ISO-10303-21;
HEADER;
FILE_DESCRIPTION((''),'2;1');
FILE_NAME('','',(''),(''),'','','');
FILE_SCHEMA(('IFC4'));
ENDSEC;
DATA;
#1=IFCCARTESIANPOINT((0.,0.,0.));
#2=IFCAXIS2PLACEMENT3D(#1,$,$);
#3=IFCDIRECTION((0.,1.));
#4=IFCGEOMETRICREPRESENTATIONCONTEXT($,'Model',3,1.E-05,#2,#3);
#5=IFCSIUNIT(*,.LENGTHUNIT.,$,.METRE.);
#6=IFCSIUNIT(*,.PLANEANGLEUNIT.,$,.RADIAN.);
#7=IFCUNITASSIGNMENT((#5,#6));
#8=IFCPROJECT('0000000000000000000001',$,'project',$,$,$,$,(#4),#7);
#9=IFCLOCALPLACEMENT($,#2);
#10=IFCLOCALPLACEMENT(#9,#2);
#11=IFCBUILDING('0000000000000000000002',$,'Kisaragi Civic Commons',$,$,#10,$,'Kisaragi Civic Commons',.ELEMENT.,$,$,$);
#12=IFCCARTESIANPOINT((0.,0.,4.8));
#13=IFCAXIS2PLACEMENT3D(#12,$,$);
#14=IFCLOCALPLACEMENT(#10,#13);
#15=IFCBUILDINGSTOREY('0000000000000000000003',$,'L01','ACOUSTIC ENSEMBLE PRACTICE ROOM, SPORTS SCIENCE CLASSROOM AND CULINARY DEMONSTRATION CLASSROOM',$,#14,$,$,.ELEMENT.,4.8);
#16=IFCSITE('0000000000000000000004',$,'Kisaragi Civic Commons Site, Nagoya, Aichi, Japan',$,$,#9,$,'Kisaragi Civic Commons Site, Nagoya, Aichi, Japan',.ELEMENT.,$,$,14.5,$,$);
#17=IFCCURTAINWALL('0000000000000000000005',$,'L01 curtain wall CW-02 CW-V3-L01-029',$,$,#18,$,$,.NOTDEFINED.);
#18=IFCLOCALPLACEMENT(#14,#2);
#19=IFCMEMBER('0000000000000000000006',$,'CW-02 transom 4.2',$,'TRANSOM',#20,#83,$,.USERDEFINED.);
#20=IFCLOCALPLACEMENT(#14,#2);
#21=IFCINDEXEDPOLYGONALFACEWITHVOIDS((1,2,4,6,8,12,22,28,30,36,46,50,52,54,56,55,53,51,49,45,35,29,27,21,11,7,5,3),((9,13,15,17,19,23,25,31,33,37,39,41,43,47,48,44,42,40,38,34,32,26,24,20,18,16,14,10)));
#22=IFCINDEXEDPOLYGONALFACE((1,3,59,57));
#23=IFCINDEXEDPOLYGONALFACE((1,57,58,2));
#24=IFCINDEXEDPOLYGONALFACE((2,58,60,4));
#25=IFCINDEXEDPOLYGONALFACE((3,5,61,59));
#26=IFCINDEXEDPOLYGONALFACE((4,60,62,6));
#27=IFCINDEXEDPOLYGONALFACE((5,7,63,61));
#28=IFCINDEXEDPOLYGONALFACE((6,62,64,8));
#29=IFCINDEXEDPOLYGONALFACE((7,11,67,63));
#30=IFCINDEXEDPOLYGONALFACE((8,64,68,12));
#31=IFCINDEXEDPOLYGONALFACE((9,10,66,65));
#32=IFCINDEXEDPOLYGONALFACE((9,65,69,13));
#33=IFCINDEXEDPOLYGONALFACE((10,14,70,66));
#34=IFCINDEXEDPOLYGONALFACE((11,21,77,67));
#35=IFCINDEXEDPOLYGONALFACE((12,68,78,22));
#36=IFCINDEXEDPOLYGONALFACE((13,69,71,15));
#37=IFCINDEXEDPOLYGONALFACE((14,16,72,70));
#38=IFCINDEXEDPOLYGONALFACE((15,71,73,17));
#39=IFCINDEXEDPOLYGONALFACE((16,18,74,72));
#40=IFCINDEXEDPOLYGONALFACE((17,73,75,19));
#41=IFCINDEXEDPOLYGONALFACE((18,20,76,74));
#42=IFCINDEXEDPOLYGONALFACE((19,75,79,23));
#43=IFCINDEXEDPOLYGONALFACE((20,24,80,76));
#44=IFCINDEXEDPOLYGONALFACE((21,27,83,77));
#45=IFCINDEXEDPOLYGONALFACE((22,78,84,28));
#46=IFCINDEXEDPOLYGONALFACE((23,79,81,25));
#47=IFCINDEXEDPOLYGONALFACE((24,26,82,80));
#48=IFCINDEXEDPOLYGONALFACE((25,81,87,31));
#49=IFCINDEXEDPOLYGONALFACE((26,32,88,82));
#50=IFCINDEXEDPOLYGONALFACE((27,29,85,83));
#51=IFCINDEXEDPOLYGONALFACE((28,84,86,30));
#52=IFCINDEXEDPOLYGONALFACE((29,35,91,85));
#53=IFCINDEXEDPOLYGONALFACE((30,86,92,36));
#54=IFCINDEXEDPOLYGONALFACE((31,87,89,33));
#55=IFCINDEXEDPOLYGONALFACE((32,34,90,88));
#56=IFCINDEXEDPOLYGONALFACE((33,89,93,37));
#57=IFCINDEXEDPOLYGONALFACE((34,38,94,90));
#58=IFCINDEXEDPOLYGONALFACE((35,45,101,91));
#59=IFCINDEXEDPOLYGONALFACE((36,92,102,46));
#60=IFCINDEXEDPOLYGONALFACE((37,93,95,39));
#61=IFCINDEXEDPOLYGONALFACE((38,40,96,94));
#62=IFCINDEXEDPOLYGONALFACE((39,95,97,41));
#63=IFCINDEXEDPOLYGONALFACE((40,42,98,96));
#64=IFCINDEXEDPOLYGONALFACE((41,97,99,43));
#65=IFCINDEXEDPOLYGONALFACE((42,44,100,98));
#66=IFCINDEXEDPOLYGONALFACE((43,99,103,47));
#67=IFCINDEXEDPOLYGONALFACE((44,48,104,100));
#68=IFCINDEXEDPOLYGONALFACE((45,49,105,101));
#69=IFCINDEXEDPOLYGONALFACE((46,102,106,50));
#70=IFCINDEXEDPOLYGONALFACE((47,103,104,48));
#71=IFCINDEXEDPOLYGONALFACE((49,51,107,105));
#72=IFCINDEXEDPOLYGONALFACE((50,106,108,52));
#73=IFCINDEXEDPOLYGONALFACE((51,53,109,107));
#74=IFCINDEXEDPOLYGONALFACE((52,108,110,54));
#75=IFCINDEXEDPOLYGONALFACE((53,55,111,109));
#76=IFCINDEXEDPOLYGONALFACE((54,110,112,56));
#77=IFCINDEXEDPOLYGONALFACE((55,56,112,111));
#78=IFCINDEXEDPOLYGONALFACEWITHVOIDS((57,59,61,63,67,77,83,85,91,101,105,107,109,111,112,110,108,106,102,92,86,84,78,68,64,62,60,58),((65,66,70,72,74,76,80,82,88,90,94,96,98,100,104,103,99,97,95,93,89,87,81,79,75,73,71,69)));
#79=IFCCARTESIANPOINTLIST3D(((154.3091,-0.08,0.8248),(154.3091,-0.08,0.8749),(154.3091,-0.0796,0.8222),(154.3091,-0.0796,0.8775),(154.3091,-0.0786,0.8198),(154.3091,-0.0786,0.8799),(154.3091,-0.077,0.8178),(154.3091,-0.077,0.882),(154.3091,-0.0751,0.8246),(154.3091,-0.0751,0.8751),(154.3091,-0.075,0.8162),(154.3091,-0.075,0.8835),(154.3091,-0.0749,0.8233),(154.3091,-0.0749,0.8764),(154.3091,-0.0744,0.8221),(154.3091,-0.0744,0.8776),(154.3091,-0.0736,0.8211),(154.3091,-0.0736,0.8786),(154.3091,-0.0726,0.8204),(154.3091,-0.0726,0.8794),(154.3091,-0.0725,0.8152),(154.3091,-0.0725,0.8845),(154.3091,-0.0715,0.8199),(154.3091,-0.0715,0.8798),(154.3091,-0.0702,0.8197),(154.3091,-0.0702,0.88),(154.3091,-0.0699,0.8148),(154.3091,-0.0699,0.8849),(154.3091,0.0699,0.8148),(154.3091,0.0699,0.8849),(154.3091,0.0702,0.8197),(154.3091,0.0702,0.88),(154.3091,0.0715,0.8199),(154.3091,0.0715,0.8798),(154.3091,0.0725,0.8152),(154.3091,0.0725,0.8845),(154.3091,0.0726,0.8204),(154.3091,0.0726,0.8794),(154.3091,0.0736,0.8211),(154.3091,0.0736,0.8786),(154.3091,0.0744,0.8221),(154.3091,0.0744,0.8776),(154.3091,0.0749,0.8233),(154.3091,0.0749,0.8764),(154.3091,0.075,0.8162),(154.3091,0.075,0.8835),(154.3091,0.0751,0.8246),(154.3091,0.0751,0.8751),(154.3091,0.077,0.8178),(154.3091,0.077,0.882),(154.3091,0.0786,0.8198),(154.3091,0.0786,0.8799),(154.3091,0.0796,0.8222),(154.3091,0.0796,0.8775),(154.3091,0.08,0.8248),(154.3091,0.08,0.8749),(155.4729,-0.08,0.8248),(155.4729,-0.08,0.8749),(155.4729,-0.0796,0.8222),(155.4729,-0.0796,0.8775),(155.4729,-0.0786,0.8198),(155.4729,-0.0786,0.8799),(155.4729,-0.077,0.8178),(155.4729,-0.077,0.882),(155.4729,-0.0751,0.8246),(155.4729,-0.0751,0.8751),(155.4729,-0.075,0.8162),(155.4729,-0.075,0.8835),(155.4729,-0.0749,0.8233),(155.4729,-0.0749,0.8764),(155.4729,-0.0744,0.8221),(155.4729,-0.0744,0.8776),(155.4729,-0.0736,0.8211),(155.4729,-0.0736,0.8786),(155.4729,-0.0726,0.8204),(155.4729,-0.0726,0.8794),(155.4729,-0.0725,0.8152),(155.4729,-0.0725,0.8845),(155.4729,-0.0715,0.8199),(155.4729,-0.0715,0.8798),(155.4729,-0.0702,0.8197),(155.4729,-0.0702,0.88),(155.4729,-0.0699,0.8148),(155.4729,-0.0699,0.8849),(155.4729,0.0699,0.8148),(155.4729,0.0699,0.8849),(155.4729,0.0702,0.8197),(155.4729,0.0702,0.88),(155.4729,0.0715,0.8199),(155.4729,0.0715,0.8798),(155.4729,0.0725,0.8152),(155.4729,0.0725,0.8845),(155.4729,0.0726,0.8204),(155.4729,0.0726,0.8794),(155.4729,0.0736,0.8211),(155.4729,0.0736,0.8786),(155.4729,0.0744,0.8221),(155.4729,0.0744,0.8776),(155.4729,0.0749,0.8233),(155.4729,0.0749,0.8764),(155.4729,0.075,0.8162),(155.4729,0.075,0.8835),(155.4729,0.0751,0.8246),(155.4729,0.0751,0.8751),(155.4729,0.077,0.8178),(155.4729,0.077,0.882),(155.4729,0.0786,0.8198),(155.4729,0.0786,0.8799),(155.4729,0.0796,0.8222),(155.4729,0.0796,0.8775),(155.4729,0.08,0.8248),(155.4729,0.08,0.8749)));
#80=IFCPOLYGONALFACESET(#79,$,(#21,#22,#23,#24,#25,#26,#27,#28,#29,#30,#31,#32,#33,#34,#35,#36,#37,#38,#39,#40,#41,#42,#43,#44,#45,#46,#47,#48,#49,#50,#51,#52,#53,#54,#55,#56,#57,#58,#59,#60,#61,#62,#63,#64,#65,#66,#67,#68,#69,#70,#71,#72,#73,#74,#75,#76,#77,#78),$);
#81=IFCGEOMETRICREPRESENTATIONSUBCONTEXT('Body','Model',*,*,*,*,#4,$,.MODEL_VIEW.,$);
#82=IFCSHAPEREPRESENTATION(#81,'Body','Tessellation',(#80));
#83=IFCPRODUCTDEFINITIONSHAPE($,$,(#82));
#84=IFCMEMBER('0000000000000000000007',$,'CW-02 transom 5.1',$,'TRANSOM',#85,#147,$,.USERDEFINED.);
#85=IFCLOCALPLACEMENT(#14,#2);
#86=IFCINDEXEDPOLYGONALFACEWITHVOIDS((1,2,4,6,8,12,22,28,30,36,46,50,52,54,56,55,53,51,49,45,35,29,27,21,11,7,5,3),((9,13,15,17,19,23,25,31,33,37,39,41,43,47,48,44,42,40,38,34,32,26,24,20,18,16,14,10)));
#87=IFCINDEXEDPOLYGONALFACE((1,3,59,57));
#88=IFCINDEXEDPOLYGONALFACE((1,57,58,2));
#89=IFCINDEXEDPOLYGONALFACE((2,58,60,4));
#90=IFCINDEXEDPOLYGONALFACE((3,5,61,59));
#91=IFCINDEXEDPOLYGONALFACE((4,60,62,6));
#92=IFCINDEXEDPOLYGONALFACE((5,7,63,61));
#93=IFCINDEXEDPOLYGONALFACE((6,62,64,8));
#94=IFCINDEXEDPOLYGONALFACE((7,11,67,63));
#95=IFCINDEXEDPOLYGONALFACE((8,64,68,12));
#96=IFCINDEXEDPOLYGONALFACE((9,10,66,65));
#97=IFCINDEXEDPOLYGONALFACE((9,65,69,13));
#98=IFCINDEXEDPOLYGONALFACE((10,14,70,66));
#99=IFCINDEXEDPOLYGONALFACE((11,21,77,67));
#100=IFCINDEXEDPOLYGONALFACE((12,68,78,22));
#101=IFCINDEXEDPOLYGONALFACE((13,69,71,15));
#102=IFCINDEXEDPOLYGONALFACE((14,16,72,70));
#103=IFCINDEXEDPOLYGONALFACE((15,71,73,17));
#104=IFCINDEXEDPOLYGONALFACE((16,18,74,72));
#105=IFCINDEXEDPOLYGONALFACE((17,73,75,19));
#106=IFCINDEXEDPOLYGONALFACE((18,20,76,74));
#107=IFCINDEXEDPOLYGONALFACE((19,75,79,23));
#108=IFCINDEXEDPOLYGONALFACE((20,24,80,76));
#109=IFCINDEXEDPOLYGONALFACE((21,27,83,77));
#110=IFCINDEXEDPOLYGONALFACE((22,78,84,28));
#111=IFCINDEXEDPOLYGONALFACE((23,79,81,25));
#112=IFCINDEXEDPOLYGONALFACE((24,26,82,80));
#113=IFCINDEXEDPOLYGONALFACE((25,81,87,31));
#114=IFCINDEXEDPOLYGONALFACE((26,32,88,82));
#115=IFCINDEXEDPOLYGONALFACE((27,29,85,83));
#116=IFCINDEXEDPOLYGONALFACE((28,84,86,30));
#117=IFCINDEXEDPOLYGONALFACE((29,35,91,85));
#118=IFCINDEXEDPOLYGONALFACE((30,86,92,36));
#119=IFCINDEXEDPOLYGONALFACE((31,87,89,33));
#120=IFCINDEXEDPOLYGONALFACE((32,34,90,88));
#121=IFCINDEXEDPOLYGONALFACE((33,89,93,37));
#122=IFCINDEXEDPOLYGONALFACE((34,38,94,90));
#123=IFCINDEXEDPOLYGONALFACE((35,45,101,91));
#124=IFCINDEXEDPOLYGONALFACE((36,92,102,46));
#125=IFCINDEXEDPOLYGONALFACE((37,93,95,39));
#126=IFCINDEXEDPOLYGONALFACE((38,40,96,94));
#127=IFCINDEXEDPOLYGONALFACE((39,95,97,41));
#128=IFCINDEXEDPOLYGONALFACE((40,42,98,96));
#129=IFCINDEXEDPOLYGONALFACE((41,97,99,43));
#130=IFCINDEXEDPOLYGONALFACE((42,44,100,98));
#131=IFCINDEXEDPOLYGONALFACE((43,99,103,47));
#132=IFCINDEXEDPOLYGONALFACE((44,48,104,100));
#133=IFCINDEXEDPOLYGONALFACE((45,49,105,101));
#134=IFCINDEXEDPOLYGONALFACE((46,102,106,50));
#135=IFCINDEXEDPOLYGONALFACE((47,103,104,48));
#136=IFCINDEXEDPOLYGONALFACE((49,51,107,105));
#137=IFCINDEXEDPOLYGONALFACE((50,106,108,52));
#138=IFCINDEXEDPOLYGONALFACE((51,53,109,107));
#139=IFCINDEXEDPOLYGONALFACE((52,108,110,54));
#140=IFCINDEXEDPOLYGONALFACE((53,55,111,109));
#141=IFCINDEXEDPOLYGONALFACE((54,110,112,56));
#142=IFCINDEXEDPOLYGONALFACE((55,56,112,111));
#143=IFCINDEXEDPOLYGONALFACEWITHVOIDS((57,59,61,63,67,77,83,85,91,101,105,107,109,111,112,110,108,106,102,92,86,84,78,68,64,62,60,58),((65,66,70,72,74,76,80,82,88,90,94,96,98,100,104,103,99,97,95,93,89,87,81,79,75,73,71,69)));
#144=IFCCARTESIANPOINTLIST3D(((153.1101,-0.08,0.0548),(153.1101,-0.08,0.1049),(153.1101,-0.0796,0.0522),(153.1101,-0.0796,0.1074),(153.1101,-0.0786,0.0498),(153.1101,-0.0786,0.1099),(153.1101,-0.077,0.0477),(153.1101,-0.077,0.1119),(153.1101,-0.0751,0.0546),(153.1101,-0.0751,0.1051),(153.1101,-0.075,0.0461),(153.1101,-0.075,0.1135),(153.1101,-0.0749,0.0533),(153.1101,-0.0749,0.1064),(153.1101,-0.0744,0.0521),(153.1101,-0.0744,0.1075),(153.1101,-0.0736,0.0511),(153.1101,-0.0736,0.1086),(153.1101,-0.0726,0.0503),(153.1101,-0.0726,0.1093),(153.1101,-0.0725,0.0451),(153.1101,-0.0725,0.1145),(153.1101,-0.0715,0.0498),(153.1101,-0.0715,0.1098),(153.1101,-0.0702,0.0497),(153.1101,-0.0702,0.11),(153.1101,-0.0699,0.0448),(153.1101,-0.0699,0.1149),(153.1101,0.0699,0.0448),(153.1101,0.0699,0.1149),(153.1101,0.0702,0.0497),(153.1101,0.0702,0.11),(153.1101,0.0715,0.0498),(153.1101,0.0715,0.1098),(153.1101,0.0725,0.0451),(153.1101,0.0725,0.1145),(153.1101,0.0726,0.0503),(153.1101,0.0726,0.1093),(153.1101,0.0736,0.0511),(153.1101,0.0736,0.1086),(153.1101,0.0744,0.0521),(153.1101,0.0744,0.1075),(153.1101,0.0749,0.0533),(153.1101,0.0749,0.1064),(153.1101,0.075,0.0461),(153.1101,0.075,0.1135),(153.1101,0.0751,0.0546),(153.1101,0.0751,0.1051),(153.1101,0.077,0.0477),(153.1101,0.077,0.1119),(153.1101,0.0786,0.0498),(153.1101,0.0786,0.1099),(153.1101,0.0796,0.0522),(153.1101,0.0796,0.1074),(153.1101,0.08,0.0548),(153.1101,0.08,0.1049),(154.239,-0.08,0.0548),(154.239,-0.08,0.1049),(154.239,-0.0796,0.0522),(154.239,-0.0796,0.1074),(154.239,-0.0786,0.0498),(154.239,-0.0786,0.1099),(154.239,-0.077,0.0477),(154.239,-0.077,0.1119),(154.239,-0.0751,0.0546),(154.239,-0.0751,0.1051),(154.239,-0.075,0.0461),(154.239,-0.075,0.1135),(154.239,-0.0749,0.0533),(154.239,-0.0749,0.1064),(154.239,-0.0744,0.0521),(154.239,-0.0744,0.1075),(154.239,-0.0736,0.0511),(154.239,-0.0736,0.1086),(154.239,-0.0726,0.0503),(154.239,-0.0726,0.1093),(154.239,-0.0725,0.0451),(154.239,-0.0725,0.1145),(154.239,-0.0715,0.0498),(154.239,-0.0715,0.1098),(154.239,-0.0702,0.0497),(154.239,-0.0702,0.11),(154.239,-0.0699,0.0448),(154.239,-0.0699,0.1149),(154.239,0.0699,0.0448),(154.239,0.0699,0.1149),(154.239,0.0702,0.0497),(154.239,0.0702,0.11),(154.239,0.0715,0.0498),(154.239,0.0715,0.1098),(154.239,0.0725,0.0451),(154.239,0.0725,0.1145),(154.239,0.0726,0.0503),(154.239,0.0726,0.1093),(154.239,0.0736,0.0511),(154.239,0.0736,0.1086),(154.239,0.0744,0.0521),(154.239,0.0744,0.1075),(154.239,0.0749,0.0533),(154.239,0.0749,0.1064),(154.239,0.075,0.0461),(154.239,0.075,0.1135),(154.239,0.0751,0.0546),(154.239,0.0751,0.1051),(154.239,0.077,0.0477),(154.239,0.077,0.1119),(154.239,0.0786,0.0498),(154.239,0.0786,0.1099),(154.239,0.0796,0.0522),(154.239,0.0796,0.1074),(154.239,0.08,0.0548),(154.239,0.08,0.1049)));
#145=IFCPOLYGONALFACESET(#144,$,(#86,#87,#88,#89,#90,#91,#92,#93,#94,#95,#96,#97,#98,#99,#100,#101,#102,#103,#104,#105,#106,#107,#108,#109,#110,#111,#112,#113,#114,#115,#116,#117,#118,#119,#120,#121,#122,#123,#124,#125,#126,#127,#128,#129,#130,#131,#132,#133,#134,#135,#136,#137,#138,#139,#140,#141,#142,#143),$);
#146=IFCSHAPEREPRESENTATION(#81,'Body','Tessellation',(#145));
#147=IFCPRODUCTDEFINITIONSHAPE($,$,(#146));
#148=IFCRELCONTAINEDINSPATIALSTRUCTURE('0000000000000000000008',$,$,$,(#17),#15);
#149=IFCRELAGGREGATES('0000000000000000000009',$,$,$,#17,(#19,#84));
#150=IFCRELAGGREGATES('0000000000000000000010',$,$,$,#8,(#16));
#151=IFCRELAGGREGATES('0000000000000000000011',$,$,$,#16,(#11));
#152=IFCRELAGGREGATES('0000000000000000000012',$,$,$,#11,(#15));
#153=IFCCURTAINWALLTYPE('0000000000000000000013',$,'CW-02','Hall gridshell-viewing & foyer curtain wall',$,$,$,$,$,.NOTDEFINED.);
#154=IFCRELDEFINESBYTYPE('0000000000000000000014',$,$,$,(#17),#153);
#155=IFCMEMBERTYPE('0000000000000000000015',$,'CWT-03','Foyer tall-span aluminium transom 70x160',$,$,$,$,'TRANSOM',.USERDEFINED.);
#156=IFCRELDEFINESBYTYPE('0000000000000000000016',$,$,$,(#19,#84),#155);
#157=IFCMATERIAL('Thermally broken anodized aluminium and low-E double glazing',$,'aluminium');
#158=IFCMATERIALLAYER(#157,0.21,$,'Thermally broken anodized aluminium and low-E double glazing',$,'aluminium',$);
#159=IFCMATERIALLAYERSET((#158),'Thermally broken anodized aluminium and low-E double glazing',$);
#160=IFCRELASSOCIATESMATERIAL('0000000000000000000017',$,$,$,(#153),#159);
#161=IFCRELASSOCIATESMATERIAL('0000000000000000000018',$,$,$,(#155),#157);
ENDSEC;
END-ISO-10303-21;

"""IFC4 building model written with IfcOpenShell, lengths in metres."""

from ifc_helpers import new_model, si_unit, direction, frame, origin, origin_2d, place, context, subcontext, project, spatial, hollow_rectangle, extrude, material, layer, layer_set, material_profile, profile_set, type_object, element, aggregate, save


model = new_model("IFC4")

# Units and contexts
model_context = context("Model", 3, precision=1e-05, world=origin(), true_north=direction((0.0, 1.0)))
body_context = subcontext(model_context, "Body", "Model", "MODEL_VIEW")
ifc_project = project(units=[si_unit("LENGTHUNIT", "METRE"), si_unit("PLANEANGLEUNIT", "RADIAN")], contexts=[model_context])

# Site, building, storey
site_placement = place(None, origin())
site = spatial("IfcSite", under=ifc_project, at=site_placement, Name="Kisaragi Civic Commons Site, Nagoya, Aichi, Japan", LongName="Kisaragi Civic Commons Site, Nagoya, Aichi, Japan", CompositionType="ELEMENT", RefElevation=14.5)
building_placement = place(site_placement, origin())
building = spatial("IfcBuilding", under=site, at=building_placement, Name="Kisaragi Civic Commons", LongName="Kisaragi Civic Commons", CompositionType="ELEMENT")
storey_placement = place(building_placement, frame((0.0, 0.0, 4.8)))
storey = spatial("IfcBuildingStorey", under=building, at=storey_placement, Name="L01", Description="ACOUSTIC ENSEMBLE PRACTICE ROOM, SPORTS SCIENCE CLASSROOM AND CULINARY DEMONSTRATION CLASSROOM", CompositionType="ELEMENT", Elevation=4.8)

# Curtain wall
ifc_material_1 = material(Name="Thermally broken anodized aluminium and low-E double glazing", Category="aluminium")
ifc_layer_1 = layer(ifc_material_1, 0.21, Name="Thermally broken anodized aluminium and low-E double glazing", Category="aluminium")
ifc_layer_set_1 = layer_set([ifc_layer_1], Name="Thermally broken anodized aluminium and low-E double glazing")
curtain_wall_type = type_object("IfcCurtainWallType", Name="CW-02", Description="Hall gridshell-viewing & foyer curtain wall", PredefinedType="NOTDEFINED", material=ifc_layer_set_1)
curtain_wall_1_placement = place(storey_placement, origin())
curtain_wall_1 = element("IfcCurtainWall", 1, at=curtain_wall_1_placement, inside=storey, type_object=curtain_wall_type, Name="L01 curtain wall CW-02 CW-V3-L01-029", PredefinedType="NOTDEFINED")

# Members
ifc_material_profile_1 = material_profile(ifc_material_1, hollow_rectangle(XDim=0.1599, YDim=0.0701, WallThickness=0.0049, InnerFilletRadius=0.0049, OuterFilletRadius=0.01, at=origin_2d()), Name="CWT-70x160x5", Category="aluminium")
ifc_profile_set_1 = profile_set([ifc_material_profile_1], Name="Thermally broken anodized aluminium and low-E double glazing")
member_type_1 = type_object("IfcMemberType", Name="CWT-03", Description="Foyer tall-span aluminium transom 70x160", ElementType="TRANSOM", PredefinedType="USERDEFINED", material=ifc_profile_set_1)
member_1_placement = place(storey_placement, frame((155.4729, 0.0, 0.8499), z_axis=(-1.0, 0.0, 0.0), x_axis=(0.0, -1.0, 0.0)))
member_1 = element("IfcMember", 2, at=member_1_placement, type_object=member_type_1, Name="CW-02 transom 4.2", ObjectType="TRANSOM", PredefinedType="USERDEFINED", context=body_context, shape_type="SweptSolid", body=[
    extrude(hollow_rectangle(XDim=0.1599, YDim=0.0701, WallThickness=0.0049, InnerFilletRadius=0.0049, OuterFilletRadius=0.01, at=origin_2d()), origin(), (0.0, 0.0, 1.0), 1.1638),
])
member_2_placement = place(storey_placement, frame((154.239, 0.0, 0.0798), z_axis=(-1.0, 0.0, 0.0), x_axis=(0.0, -1.0, 0.0)))
member_2 = element("IfcMember", 3, at=member_2_placement, type_object=member_type_1, Name="CW-02 transom 5.1", ObjectType="TRANSOM", PredefinedType="USERDEFINED", context=body_context, shape_type="SweptSolid", body=[
    extrude(hollow_rectangle(XDim=0.1599, YDim=0.0701, WallThickness=0.0049, InnerFilletRadius=0.0049, OuterFilletRadius=0.01, at=origin_2d()), origin(), (0.0, 0.0, 1.0), 1.1289),
])

aggregate(curtain_wall_1, [member_1, member_2])

save(model, "model.ifc")
